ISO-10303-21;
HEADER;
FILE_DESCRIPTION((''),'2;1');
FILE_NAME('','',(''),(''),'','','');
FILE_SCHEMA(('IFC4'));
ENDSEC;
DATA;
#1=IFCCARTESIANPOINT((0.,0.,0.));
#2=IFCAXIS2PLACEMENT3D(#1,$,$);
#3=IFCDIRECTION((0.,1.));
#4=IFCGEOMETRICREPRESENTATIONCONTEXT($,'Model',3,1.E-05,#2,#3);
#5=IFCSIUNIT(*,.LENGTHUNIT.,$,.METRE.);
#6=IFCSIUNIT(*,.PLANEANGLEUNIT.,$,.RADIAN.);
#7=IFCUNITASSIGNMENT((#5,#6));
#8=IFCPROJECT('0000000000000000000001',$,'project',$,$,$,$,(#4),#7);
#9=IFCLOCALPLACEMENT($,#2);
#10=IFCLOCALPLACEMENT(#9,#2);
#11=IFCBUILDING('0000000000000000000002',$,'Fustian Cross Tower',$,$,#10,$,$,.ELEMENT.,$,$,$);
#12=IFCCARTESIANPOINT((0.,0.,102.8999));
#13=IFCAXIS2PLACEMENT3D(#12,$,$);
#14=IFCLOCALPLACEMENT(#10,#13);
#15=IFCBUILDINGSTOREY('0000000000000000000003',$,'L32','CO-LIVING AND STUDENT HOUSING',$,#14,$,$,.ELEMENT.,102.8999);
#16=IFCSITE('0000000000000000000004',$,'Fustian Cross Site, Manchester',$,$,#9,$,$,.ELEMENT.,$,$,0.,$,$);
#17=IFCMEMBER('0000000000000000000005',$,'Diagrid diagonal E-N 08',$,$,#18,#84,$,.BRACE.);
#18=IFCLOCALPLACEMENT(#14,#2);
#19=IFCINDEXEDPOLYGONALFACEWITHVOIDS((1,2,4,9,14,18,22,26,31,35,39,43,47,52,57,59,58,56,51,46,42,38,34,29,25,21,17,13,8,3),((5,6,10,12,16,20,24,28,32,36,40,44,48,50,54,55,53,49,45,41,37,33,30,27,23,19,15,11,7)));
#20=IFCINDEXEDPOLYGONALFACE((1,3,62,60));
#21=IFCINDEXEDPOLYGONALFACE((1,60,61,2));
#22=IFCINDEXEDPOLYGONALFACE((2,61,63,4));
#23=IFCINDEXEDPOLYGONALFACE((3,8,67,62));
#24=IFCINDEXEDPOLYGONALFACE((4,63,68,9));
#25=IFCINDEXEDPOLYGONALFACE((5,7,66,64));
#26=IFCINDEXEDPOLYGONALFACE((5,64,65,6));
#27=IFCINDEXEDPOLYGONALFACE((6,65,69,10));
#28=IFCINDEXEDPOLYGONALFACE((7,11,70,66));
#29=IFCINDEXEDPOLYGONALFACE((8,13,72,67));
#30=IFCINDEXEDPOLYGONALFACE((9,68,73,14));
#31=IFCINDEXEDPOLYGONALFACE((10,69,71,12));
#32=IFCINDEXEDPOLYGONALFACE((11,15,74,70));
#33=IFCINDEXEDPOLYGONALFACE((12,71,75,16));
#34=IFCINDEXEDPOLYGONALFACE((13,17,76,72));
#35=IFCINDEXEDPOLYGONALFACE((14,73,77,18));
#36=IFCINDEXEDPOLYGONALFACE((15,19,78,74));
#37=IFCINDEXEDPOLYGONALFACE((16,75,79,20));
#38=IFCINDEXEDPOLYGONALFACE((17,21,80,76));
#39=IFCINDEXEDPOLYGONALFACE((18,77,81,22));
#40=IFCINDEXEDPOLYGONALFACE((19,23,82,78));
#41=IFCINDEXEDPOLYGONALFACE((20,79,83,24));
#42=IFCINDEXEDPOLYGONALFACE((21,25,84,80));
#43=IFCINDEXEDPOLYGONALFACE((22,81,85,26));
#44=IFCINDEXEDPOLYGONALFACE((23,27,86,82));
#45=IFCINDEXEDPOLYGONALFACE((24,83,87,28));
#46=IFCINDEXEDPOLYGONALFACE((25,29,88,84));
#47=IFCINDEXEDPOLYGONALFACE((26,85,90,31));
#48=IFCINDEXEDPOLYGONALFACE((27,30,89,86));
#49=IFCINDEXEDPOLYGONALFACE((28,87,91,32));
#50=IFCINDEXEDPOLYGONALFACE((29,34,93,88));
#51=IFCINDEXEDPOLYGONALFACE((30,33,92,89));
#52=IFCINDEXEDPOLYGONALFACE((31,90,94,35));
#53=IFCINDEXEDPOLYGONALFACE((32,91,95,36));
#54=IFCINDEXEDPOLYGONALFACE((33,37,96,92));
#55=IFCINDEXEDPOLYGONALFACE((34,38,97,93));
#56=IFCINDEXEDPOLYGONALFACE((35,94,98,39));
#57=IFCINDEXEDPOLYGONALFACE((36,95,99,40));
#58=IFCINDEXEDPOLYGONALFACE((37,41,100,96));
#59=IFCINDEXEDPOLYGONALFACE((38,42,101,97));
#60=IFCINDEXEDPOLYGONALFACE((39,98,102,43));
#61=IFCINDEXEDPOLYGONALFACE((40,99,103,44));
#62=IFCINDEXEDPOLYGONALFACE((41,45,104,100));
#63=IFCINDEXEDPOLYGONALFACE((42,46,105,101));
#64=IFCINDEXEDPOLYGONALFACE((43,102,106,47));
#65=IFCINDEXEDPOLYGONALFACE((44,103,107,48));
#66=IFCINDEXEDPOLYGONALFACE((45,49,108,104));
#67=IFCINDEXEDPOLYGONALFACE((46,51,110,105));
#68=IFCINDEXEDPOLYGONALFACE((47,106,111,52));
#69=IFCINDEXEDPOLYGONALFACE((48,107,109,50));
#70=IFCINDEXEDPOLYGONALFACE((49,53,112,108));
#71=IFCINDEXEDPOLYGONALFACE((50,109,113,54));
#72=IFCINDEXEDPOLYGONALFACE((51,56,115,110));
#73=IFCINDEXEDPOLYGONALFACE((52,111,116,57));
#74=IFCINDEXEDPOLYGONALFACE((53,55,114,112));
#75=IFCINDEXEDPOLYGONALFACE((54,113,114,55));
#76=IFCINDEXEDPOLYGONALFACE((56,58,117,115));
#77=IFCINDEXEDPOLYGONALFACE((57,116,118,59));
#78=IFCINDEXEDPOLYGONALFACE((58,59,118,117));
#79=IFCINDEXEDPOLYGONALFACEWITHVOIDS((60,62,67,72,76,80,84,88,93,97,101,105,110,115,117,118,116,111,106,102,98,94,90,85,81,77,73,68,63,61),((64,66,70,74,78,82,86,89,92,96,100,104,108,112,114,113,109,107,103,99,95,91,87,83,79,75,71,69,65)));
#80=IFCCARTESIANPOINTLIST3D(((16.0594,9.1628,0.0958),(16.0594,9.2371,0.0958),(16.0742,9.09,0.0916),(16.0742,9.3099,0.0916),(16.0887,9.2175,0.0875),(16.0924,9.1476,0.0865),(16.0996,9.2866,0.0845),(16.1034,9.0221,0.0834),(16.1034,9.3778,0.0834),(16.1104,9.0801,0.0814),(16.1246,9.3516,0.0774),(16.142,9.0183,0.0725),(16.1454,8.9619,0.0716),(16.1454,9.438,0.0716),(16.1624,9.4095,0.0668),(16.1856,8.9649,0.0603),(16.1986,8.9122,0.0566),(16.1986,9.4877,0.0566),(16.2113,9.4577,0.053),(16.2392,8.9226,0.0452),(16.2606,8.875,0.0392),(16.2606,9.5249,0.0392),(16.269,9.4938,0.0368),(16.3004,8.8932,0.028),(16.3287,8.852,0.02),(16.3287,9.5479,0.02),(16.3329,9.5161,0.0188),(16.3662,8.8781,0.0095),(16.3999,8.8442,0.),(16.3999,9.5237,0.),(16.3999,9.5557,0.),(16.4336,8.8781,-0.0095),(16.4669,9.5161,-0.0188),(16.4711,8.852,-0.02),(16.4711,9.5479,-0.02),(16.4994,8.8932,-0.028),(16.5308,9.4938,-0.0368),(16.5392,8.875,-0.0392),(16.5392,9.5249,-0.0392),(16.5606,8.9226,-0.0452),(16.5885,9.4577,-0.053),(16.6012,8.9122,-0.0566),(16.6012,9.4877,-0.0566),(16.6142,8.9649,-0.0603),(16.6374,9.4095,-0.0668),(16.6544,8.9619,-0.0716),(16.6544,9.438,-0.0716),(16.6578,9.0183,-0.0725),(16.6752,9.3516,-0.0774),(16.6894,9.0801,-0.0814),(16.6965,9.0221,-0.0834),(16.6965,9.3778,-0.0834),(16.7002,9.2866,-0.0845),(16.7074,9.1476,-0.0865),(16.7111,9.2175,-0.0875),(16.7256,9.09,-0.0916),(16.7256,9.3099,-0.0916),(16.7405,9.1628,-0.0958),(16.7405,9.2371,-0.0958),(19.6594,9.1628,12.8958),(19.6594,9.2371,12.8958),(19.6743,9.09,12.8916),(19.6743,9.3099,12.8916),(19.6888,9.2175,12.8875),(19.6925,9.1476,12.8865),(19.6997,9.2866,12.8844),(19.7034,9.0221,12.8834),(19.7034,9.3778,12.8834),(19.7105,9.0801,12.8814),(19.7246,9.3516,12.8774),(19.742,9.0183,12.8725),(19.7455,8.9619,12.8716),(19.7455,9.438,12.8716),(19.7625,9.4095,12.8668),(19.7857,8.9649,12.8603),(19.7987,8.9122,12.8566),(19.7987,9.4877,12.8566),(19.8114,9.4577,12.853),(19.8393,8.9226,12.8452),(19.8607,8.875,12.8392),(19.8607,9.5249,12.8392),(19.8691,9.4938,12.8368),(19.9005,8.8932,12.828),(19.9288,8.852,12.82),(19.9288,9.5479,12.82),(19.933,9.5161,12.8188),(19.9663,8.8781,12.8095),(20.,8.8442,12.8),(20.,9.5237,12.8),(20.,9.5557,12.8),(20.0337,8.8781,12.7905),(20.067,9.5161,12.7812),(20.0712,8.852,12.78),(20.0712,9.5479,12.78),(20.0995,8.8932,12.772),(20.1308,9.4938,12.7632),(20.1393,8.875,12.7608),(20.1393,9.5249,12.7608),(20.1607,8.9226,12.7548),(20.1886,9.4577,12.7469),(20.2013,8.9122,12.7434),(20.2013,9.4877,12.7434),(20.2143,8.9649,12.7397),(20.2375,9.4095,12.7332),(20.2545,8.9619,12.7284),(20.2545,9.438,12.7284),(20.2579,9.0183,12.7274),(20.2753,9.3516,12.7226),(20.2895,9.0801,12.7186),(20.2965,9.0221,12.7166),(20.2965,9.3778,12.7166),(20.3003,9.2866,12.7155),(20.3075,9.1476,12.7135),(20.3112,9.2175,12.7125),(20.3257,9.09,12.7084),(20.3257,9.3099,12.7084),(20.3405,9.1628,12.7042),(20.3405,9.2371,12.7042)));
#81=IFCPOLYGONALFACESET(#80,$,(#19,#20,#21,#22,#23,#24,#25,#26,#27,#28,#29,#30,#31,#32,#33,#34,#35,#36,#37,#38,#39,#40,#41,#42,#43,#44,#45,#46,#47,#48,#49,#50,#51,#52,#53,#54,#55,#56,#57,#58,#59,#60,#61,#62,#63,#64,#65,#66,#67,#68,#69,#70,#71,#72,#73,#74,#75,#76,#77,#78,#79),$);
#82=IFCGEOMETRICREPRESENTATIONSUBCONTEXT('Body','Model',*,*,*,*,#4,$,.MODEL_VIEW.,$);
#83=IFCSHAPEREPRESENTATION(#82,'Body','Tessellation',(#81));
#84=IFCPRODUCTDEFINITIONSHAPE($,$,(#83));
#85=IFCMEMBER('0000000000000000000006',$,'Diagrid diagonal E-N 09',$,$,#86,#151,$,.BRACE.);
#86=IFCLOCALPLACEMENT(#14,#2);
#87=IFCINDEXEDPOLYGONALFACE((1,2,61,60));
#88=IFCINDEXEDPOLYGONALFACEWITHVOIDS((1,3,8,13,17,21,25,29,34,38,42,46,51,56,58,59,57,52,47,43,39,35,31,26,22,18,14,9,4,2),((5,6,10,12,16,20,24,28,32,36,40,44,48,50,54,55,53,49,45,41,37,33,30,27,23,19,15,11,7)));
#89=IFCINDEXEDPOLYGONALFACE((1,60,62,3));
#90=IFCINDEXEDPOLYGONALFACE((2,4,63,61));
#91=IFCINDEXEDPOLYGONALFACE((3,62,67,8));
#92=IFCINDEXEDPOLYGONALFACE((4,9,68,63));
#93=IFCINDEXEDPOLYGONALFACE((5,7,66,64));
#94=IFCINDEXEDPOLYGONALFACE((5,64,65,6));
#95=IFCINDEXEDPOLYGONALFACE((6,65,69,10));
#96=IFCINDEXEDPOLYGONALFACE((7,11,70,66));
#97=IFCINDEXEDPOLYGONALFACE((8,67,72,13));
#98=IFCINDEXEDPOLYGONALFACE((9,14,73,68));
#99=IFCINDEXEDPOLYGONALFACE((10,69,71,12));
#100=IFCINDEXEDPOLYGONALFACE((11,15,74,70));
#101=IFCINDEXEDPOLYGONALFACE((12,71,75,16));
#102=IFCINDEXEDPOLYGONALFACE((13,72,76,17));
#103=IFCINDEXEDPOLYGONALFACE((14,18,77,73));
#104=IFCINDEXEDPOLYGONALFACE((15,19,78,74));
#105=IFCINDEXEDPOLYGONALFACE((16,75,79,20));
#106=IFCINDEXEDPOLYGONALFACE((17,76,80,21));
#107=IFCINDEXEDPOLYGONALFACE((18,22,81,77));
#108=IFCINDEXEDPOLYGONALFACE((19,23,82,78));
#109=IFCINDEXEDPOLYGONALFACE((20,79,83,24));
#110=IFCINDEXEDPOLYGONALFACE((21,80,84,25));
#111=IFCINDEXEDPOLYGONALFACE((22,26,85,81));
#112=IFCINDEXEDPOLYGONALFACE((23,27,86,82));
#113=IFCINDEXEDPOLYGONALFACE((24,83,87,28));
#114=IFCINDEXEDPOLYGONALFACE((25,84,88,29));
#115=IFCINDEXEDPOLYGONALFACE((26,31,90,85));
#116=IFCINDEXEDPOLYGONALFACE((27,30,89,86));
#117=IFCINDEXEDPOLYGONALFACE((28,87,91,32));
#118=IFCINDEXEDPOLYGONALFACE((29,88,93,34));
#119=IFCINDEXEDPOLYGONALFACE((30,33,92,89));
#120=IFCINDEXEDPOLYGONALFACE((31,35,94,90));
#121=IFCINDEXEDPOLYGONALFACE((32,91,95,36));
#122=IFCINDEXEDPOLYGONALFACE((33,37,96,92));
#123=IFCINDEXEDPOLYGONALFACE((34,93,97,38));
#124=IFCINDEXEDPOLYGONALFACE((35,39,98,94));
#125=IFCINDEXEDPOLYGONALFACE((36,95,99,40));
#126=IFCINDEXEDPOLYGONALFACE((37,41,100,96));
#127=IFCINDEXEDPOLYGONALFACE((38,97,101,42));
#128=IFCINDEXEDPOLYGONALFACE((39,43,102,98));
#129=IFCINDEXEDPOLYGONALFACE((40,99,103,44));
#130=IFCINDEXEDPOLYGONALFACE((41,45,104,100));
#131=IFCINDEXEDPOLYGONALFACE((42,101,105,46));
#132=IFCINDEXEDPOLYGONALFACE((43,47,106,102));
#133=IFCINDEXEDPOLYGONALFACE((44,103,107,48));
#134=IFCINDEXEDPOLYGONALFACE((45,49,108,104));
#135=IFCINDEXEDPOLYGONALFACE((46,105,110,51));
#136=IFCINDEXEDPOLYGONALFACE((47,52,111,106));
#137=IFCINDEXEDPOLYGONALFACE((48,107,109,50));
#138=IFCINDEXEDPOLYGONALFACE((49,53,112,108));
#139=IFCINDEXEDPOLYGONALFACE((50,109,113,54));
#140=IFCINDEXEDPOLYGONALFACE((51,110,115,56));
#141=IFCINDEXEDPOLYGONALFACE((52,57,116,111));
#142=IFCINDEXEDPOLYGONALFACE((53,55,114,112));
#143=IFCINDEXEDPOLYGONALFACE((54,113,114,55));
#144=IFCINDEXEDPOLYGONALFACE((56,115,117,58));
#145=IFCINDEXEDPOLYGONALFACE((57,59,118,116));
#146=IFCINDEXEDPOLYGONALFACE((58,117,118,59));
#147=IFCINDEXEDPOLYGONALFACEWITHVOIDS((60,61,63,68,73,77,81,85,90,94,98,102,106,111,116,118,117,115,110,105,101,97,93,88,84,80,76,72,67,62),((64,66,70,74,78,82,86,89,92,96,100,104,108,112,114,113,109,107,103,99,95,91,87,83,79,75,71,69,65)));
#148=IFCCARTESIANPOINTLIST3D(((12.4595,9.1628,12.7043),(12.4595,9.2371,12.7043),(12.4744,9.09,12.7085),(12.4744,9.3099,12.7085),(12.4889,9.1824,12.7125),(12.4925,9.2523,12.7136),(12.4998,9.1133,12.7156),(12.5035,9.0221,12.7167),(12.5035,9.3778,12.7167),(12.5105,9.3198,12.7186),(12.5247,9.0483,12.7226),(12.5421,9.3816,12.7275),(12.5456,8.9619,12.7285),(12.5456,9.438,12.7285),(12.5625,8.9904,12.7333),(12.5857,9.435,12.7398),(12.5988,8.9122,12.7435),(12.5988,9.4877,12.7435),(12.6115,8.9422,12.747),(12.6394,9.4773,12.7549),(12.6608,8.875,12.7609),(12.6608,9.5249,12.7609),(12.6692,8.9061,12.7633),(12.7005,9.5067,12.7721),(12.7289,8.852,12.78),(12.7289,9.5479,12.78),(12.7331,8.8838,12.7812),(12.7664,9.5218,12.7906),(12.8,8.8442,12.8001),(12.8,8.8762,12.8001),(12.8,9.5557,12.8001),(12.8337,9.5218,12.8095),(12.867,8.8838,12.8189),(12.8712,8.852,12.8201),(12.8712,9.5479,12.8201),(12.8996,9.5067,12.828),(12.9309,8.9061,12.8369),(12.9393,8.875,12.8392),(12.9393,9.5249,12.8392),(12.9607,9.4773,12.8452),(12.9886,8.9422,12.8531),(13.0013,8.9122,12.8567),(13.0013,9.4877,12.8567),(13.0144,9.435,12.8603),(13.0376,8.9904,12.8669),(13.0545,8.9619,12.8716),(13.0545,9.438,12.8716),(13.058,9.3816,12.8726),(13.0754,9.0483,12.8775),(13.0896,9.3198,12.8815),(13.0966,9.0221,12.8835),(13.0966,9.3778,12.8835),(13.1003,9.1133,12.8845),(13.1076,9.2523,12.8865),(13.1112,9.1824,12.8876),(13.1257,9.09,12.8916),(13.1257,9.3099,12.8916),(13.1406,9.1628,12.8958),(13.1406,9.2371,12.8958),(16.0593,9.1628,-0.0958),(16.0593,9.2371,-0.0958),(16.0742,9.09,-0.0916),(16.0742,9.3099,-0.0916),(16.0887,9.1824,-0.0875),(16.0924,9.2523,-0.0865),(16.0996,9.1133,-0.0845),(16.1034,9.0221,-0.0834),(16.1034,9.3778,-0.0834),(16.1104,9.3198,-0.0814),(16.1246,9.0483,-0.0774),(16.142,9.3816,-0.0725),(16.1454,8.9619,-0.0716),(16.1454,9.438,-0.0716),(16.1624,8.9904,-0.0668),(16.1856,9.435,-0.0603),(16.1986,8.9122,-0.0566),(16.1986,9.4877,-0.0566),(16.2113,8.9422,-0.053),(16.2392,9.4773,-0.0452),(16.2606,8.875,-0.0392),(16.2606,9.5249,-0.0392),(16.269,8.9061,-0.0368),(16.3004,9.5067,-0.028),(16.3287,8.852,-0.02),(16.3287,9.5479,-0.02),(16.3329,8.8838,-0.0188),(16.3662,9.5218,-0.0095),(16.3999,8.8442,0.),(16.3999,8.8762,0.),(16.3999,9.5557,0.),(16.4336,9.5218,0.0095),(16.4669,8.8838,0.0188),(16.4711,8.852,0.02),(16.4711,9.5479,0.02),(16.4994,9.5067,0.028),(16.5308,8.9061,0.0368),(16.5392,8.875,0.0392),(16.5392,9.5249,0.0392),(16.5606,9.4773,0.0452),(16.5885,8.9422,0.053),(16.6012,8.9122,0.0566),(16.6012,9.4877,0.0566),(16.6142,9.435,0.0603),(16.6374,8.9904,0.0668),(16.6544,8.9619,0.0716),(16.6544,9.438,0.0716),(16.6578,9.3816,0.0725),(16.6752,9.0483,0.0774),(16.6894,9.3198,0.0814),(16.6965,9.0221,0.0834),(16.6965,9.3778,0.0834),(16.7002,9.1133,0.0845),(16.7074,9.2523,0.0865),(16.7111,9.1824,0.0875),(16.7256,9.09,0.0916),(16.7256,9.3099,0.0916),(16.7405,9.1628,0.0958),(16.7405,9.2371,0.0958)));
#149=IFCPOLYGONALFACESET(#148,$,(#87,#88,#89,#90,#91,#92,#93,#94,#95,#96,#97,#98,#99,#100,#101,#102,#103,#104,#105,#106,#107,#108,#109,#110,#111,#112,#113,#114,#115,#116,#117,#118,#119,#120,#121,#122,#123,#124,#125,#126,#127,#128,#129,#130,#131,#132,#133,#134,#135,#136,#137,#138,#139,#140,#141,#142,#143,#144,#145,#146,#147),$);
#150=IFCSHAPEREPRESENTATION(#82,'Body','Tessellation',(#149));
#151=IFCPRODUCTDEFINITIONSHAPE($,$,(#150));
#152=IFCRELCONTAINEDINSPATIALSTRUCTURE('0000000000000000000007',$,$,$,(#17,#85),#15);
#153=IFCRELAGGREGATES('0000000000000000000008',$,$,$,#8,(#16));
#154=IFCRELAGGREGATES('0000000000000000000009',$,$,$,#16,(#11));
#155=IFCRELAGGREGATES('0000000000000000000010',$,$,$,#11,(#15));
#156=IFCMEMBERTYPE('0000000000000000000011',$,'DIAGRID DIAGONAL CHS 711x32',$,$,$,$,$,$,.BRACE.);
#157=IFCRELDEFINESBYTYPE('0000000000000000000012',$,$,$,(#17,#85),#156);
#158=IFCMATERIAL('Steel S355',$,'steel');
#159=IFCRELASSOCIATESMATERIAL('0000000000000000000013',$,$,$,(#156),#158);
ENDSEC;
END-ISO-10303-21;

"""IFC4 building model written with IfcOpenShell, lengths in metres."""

from ifc_helpers import new_model, si_unit, direction, frame, origin, origin_2d, place, context, subcontext, project, spatial, hollow_circle, extrude, material, material_profile, profile_set, type_object, element, save


model = new_model("IFC4")

# Units and contexts
model_context = context("Model", 3, precision=1e-05, world=origin(), true_north=direction((0.0, 1.0)))
body_context = subcontext(model_context, "Body", "Model", "MODEL_VIEW")
ifc_project = project(units=[si_unit("LENGTHUNIT", "METRE"), si_unit("PLANEANGLEUNIT", "RADIAN")], contexts=[model_context])

# Site, building, storey
site_placement = place(None, origin())
site = spatial("IfcSite", under=ifc_project, at=site_placement, Name="Fustian Cross Site, Manchester", CompositionType="ELEMENT", RefElevation=0.0)
building_placement = place(site_placement, origin())
building = spatial("IfcBuilding", under=site, at=building_placement, Name="Fustian Cross Tower", CompositionType="ELEMENT")
storey_placement = place(building_placement, frame((0.0, 0.0, 102.8999)))
storey = spatial("IfcBuildingStorey", under=building, at=storey_placement, Name="L32", Description="CO-LIVING AND STUDENT HOUSING", CompositionType="ELEMENT", Elevation=102.8999)

# Members
ifc_material_1 = material(Name="Steel S355", Category="steel")
ifc_material_profile_1 = material_profile(ifc_material_1, hollow_circle(Radius=0.3557, WallThickness=0.032, at=origin_2d()), Name="CHS 711x32")
ifc_profile_set_1 = profile_set([ifc_material_profile_1], Name="Steel S355")
member_type_1 = type_object("IfcMemberType", Name="DIAGRID DIAGONAL CHS 711x32", PredefinedType="BRACE", material=ifc_profile_set_1)
for number, where, z_axis, x_axis, name in (
    (1, (16.3999, 9.2, 0.0), (0.270751, 0.0, 0.962649), (0.0, 1.0, 0.0), "Diagrid diagonal E-N 08"),
    (2, (16.3999, 9.2, 0.0), (-0.270734, 0.0, 0.962654), (0.0, -1.0, 0.0), "Diagrid diagonal E-N 09"),
):
    element("IfcMember", number, at=place(storey_placement, frame(where, z_axis=z_axis, x_axis=x_axis)), inside=storey, type_object=member_type_1, Name=name, PredefinedType="BRACE", context=body_context, shape_type="SweptSolid", body=[
        extrude(hollow_circle(Radius=0.3557, WallThickness=0.032, at=origin_2d()), origin(), (0.0, 0.0, 1.0), 13.2966),
    ])

save(model, "model.ifc")
